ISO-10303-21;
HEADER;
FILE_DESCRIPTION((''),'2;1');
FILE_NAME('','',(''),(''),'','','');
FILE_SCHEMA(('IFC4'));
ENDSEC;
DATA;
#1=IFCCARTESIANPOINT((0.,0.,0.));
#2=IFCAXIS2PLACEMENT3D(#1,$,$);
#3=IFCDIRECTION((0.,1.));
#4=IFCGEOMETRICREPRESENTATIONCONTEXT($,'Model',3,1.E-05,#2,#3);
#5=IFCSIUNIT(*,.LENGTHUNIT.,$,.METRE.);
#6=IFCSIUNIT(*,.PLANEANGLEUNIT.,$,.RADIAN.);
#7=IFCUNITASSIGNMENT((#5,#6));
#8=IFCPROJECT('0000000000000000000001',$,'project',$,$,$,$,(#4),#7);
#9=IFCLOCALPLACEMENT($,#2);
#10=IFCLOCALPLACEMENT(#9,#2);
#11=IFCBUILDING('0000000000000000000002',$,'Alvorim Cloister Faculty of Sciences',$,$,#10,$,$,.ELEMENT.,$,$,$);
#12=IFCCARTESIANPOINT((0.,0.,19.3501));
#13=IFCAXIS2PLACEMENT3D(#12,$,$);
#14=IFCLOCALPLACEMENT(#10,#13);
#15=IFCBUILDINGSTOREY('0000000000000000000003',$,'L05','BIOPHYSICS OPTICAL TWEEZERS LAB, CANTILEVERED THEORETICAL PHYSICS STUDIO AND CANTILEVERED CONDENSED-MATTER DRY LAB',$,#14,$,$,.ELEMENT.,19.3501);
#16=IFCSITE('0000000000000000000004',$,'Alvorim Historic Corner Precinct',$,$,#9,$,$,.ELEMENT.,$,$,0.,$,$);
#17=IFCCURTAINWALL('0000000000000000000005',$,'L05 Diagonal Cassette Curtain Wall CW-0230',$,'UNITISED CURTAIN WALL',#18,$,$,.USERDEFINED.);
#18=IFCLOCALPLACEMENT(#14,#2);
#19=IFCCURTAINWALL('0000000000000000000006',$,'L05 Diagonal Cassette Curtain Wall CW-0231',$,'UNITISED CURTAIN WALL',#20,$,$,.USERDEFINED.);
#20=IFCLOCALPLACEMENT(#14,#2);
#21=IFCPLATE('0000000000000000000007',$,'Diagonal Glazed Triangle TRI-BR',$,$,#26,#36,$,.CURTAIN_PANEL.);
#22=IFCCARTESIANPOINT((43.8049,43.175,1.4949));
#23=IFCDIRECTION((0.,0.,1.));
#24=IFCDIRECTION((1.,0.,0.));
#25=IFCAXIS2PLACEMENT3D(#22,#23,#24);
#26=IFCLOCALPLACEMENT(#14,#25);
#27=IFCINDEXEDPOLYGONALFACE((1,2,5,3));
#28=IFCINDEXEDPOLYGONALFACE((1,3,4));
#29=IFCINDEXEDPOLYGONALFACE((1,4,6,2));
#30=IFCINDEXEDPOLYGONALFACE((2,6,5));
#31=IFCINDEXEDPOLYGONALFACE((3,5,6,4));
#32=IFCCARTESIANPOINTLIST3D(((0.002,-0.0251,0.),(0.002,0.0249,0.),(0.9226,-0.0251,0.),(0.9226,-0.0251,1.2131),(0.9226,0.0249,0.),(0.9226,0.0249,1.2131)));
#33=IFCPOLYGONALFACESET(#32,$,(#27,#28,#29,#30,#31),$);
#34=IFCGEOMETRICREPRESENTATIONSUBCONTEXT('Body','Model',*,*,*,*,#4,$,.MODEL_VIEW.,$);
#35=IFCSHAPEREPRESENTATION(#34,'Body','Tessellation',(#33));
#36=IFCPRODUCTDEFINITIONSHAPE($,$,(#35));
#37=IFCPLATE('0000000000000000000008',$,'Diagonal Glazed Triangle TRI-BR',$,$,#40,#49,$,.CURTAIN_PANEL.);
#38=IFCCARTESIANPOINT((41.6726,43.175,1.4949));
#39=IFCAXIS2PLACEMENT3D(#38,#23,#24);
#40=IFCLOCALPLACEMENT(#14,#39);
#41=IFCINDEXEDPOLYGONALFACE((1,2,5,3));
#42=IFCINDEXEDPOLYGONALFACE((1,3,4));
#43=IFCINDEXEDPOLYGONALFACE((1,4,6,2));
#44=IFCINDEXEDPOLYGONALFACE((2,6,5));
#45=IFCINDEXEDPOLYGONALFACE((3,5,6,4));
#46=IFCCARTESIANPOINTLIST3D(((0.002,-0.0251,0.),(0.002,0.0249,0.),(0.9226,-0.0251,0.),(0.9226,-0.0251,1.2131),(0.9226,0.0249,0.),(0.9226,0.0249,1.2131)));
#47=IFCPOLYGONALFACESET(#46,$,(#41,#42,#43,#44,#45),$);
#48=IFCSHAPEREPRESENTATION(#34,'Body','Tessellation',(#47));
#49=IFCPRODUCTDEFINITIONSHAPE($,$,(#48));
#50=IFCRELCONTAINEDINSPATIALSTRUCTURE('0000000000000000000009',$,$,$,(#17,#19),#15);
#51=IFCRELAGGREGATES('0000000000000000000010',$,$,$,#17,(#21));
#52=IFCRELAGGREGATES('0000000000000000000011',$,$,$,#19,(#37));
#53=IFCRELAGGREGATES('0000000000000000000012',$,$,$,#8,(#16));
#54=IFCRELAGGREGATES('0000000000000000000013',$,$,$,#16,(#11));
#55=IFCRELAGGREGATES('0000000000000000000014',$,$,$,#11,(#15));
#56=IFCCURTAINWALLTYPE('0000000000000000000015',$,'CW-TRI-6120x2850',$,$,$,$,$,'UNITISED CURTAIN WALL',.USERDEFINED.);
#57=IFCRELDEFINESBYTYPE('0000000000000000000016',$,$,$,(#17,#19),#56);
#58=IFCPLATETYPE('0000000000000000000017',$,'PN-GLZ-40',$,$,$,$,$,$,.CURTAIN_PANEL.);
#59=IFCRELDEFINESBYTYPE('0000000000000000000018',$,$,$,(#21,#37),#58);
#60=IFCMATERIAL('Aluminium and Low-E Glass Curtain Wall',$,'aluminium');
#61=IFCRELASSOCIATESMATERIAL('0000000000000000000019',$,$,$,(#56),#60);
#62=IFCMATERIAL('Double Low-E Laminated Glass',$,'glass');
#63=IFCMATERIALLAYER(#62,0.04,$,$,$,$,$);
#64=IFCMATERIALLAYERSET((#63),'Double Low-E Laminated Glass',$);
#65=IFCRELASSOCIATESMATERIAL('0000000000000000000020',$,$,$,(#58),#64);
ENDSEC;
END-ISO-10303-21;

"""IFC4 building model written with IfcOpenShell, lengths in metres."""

from ifc_helpers import new_model, si_unit, direction, frame, origin, place, context, subcontext, project, spatial, polyline, outline, extrude, material, layer, layer_set, type_object, element, aggregate, save


model = new_model("IFC4")

# Units and contexts
model_context = context("Model", 3, precision=1e-05, world=origin(), true_north=direction((0.0, 1.0)))
body_context = subcontext(model_context, "Body", "Model", "MODEL_VIEW")
ifc_project = project(units=[si_unit("LENGTHUNIT", "METRE"), si_unit("PLANEANGLEUNIT", "RADIAN")], contexts=[model_context])

# Site, building, storey
site_placement = place(None, origin())
site = spatial("IfcSite", under=ifc_project, at=site_placement, Name="Alvorim Historic Corner Precinct", CompositionType="ELEMENT", RefElevation=0.0)
building_placement = place(site_placement, origin())
building = spatial("IfcBuilding", under=site, at=building_placement, Name="Alvorim Cloister Faculty of Sciences", CompositionType="ELEMENT")
storey_placement = place(building_placement, frame((0.0, 0.0, 19.3501)))
storey = spatial("IfcBuildingStorey", under=building, at=storey_placement, Name="L05", Description="BIOPHYSICS OPTICAL TWEEZERS LAB, CANTILEVERED THEORETICAL PHYSICS STUDIO AND CANTILEVERED CONDENSED-MATTER DRY LAB", CompositionType="ELEMENT", Elevation=19.3501)

# Curtain walls
ifc_material_1 = material(Name="Aluminium and Low-E Glass Curtain Wall", Category="aluminium")
curtain_wall_type = type_object("IfcCurtainWallType", Name="CW-TRI-6120x2850", ElementType="UNITISED CURTAIN WALL", PredefinedType="USERDEFINED", material=ifc_material_1)
curtain_wall_1_placement = place(storey_placement, origin())
curtain_wall_1 = element("IfcCurtainWall", 1, at=curtain_wall_1_placement, inside=storey, type_object=curtain_wall_type, Name="L05 Diagonal Cassette Curtain Wall CW-0230", ObjectType="UNITISED CURTAIN WALL", PredefinedType="USERDEFINED")
curtain_wall_2_placement = place(storey_placement, origin())
curtain_wall_2 = element("IfcCurtainWall", 2, at=curtain_wall_2_placement, inside=storey, type_object=curtain_wall_type, Name="L05 Diagonal Cassette Curtain Wall CW-0231", ObjectType="UNITISED CURTAIN WALL", PredefinedType="USERDEFINED")

# Plates
ifc_material_2 = material(Name="Double Low-E Laminated Glass", Category="glass")
ifc_layer_1 = layer(ifc_material_2, 0.04)
ifc_layer_set_1 = layer_set([ifc_layer_1], Name="Double Low-E Laminated Glass")
plate_type = type_object("IfcPlateType", Name="PN-GLZ-40", PredefinedType="CURTAIN_PANEL", material=ifc_layer_set_1)
plate_1_placement = place(storey_placement, frame((43.8049, 43.175, 1.4949), z_axis=(0.0, 0.0, 1.0), x_axis=(1.0, 0.0, 0.0)))
plate_1 = element("IfcPlate", 3, at=plate_1_placement, type_object=plate_type, Name="Diagonal Glazed Triangle TRI-BR", PredefinedType="CURTAIN_PANEL", context=body_context, shape_type="SweptSolid", body=[
    extrude(outline(polyline([(0.002, 0.0), (0.9226, 0.0), (0.9226, 1.2131), (0.002, 0.0)])), frame((0.0, 0.0249, 0.0), z_axis=(0.0, -1.0, 0.0), x_axis=(1.0, 0.0, 0.0)), (0.0, 0.0, 1.0), 0.05),
])
aggregate(curtain_wall_1, [plate_1])
plate_2_placement = place(storey_placement, frame((41.6726, 43.175, 1.4949), z_axis=(0.0, 0.0, 1.0), x_axis=(1.0, 0.0, 0.0)))
plate_2 = element("IfcPlate", 4, at=plate_2_placement, type_object=plate_type, Name="Diagonal Glazed Triangle TRI-BR", PredefinedType="CURTAIN_PANEL", context=body_context, shape_type="SweptSolid", body=[
    extrude(outline(polyline([(0.002, 0.0), (0.9226, 0.0), (0.9226, 1.2131), (0.002, 0.0)])), frame((0.0, 0.0249, 0.0), z_axis=(0.0, -1.0, 0.0), x_axis=(1.0, 0.0, 0.0)), (0.0, 0.0, 1.0), 0.05),
])
aggregate(curtain_wall_2, [plate_2])

save(model, "model.ifc")
